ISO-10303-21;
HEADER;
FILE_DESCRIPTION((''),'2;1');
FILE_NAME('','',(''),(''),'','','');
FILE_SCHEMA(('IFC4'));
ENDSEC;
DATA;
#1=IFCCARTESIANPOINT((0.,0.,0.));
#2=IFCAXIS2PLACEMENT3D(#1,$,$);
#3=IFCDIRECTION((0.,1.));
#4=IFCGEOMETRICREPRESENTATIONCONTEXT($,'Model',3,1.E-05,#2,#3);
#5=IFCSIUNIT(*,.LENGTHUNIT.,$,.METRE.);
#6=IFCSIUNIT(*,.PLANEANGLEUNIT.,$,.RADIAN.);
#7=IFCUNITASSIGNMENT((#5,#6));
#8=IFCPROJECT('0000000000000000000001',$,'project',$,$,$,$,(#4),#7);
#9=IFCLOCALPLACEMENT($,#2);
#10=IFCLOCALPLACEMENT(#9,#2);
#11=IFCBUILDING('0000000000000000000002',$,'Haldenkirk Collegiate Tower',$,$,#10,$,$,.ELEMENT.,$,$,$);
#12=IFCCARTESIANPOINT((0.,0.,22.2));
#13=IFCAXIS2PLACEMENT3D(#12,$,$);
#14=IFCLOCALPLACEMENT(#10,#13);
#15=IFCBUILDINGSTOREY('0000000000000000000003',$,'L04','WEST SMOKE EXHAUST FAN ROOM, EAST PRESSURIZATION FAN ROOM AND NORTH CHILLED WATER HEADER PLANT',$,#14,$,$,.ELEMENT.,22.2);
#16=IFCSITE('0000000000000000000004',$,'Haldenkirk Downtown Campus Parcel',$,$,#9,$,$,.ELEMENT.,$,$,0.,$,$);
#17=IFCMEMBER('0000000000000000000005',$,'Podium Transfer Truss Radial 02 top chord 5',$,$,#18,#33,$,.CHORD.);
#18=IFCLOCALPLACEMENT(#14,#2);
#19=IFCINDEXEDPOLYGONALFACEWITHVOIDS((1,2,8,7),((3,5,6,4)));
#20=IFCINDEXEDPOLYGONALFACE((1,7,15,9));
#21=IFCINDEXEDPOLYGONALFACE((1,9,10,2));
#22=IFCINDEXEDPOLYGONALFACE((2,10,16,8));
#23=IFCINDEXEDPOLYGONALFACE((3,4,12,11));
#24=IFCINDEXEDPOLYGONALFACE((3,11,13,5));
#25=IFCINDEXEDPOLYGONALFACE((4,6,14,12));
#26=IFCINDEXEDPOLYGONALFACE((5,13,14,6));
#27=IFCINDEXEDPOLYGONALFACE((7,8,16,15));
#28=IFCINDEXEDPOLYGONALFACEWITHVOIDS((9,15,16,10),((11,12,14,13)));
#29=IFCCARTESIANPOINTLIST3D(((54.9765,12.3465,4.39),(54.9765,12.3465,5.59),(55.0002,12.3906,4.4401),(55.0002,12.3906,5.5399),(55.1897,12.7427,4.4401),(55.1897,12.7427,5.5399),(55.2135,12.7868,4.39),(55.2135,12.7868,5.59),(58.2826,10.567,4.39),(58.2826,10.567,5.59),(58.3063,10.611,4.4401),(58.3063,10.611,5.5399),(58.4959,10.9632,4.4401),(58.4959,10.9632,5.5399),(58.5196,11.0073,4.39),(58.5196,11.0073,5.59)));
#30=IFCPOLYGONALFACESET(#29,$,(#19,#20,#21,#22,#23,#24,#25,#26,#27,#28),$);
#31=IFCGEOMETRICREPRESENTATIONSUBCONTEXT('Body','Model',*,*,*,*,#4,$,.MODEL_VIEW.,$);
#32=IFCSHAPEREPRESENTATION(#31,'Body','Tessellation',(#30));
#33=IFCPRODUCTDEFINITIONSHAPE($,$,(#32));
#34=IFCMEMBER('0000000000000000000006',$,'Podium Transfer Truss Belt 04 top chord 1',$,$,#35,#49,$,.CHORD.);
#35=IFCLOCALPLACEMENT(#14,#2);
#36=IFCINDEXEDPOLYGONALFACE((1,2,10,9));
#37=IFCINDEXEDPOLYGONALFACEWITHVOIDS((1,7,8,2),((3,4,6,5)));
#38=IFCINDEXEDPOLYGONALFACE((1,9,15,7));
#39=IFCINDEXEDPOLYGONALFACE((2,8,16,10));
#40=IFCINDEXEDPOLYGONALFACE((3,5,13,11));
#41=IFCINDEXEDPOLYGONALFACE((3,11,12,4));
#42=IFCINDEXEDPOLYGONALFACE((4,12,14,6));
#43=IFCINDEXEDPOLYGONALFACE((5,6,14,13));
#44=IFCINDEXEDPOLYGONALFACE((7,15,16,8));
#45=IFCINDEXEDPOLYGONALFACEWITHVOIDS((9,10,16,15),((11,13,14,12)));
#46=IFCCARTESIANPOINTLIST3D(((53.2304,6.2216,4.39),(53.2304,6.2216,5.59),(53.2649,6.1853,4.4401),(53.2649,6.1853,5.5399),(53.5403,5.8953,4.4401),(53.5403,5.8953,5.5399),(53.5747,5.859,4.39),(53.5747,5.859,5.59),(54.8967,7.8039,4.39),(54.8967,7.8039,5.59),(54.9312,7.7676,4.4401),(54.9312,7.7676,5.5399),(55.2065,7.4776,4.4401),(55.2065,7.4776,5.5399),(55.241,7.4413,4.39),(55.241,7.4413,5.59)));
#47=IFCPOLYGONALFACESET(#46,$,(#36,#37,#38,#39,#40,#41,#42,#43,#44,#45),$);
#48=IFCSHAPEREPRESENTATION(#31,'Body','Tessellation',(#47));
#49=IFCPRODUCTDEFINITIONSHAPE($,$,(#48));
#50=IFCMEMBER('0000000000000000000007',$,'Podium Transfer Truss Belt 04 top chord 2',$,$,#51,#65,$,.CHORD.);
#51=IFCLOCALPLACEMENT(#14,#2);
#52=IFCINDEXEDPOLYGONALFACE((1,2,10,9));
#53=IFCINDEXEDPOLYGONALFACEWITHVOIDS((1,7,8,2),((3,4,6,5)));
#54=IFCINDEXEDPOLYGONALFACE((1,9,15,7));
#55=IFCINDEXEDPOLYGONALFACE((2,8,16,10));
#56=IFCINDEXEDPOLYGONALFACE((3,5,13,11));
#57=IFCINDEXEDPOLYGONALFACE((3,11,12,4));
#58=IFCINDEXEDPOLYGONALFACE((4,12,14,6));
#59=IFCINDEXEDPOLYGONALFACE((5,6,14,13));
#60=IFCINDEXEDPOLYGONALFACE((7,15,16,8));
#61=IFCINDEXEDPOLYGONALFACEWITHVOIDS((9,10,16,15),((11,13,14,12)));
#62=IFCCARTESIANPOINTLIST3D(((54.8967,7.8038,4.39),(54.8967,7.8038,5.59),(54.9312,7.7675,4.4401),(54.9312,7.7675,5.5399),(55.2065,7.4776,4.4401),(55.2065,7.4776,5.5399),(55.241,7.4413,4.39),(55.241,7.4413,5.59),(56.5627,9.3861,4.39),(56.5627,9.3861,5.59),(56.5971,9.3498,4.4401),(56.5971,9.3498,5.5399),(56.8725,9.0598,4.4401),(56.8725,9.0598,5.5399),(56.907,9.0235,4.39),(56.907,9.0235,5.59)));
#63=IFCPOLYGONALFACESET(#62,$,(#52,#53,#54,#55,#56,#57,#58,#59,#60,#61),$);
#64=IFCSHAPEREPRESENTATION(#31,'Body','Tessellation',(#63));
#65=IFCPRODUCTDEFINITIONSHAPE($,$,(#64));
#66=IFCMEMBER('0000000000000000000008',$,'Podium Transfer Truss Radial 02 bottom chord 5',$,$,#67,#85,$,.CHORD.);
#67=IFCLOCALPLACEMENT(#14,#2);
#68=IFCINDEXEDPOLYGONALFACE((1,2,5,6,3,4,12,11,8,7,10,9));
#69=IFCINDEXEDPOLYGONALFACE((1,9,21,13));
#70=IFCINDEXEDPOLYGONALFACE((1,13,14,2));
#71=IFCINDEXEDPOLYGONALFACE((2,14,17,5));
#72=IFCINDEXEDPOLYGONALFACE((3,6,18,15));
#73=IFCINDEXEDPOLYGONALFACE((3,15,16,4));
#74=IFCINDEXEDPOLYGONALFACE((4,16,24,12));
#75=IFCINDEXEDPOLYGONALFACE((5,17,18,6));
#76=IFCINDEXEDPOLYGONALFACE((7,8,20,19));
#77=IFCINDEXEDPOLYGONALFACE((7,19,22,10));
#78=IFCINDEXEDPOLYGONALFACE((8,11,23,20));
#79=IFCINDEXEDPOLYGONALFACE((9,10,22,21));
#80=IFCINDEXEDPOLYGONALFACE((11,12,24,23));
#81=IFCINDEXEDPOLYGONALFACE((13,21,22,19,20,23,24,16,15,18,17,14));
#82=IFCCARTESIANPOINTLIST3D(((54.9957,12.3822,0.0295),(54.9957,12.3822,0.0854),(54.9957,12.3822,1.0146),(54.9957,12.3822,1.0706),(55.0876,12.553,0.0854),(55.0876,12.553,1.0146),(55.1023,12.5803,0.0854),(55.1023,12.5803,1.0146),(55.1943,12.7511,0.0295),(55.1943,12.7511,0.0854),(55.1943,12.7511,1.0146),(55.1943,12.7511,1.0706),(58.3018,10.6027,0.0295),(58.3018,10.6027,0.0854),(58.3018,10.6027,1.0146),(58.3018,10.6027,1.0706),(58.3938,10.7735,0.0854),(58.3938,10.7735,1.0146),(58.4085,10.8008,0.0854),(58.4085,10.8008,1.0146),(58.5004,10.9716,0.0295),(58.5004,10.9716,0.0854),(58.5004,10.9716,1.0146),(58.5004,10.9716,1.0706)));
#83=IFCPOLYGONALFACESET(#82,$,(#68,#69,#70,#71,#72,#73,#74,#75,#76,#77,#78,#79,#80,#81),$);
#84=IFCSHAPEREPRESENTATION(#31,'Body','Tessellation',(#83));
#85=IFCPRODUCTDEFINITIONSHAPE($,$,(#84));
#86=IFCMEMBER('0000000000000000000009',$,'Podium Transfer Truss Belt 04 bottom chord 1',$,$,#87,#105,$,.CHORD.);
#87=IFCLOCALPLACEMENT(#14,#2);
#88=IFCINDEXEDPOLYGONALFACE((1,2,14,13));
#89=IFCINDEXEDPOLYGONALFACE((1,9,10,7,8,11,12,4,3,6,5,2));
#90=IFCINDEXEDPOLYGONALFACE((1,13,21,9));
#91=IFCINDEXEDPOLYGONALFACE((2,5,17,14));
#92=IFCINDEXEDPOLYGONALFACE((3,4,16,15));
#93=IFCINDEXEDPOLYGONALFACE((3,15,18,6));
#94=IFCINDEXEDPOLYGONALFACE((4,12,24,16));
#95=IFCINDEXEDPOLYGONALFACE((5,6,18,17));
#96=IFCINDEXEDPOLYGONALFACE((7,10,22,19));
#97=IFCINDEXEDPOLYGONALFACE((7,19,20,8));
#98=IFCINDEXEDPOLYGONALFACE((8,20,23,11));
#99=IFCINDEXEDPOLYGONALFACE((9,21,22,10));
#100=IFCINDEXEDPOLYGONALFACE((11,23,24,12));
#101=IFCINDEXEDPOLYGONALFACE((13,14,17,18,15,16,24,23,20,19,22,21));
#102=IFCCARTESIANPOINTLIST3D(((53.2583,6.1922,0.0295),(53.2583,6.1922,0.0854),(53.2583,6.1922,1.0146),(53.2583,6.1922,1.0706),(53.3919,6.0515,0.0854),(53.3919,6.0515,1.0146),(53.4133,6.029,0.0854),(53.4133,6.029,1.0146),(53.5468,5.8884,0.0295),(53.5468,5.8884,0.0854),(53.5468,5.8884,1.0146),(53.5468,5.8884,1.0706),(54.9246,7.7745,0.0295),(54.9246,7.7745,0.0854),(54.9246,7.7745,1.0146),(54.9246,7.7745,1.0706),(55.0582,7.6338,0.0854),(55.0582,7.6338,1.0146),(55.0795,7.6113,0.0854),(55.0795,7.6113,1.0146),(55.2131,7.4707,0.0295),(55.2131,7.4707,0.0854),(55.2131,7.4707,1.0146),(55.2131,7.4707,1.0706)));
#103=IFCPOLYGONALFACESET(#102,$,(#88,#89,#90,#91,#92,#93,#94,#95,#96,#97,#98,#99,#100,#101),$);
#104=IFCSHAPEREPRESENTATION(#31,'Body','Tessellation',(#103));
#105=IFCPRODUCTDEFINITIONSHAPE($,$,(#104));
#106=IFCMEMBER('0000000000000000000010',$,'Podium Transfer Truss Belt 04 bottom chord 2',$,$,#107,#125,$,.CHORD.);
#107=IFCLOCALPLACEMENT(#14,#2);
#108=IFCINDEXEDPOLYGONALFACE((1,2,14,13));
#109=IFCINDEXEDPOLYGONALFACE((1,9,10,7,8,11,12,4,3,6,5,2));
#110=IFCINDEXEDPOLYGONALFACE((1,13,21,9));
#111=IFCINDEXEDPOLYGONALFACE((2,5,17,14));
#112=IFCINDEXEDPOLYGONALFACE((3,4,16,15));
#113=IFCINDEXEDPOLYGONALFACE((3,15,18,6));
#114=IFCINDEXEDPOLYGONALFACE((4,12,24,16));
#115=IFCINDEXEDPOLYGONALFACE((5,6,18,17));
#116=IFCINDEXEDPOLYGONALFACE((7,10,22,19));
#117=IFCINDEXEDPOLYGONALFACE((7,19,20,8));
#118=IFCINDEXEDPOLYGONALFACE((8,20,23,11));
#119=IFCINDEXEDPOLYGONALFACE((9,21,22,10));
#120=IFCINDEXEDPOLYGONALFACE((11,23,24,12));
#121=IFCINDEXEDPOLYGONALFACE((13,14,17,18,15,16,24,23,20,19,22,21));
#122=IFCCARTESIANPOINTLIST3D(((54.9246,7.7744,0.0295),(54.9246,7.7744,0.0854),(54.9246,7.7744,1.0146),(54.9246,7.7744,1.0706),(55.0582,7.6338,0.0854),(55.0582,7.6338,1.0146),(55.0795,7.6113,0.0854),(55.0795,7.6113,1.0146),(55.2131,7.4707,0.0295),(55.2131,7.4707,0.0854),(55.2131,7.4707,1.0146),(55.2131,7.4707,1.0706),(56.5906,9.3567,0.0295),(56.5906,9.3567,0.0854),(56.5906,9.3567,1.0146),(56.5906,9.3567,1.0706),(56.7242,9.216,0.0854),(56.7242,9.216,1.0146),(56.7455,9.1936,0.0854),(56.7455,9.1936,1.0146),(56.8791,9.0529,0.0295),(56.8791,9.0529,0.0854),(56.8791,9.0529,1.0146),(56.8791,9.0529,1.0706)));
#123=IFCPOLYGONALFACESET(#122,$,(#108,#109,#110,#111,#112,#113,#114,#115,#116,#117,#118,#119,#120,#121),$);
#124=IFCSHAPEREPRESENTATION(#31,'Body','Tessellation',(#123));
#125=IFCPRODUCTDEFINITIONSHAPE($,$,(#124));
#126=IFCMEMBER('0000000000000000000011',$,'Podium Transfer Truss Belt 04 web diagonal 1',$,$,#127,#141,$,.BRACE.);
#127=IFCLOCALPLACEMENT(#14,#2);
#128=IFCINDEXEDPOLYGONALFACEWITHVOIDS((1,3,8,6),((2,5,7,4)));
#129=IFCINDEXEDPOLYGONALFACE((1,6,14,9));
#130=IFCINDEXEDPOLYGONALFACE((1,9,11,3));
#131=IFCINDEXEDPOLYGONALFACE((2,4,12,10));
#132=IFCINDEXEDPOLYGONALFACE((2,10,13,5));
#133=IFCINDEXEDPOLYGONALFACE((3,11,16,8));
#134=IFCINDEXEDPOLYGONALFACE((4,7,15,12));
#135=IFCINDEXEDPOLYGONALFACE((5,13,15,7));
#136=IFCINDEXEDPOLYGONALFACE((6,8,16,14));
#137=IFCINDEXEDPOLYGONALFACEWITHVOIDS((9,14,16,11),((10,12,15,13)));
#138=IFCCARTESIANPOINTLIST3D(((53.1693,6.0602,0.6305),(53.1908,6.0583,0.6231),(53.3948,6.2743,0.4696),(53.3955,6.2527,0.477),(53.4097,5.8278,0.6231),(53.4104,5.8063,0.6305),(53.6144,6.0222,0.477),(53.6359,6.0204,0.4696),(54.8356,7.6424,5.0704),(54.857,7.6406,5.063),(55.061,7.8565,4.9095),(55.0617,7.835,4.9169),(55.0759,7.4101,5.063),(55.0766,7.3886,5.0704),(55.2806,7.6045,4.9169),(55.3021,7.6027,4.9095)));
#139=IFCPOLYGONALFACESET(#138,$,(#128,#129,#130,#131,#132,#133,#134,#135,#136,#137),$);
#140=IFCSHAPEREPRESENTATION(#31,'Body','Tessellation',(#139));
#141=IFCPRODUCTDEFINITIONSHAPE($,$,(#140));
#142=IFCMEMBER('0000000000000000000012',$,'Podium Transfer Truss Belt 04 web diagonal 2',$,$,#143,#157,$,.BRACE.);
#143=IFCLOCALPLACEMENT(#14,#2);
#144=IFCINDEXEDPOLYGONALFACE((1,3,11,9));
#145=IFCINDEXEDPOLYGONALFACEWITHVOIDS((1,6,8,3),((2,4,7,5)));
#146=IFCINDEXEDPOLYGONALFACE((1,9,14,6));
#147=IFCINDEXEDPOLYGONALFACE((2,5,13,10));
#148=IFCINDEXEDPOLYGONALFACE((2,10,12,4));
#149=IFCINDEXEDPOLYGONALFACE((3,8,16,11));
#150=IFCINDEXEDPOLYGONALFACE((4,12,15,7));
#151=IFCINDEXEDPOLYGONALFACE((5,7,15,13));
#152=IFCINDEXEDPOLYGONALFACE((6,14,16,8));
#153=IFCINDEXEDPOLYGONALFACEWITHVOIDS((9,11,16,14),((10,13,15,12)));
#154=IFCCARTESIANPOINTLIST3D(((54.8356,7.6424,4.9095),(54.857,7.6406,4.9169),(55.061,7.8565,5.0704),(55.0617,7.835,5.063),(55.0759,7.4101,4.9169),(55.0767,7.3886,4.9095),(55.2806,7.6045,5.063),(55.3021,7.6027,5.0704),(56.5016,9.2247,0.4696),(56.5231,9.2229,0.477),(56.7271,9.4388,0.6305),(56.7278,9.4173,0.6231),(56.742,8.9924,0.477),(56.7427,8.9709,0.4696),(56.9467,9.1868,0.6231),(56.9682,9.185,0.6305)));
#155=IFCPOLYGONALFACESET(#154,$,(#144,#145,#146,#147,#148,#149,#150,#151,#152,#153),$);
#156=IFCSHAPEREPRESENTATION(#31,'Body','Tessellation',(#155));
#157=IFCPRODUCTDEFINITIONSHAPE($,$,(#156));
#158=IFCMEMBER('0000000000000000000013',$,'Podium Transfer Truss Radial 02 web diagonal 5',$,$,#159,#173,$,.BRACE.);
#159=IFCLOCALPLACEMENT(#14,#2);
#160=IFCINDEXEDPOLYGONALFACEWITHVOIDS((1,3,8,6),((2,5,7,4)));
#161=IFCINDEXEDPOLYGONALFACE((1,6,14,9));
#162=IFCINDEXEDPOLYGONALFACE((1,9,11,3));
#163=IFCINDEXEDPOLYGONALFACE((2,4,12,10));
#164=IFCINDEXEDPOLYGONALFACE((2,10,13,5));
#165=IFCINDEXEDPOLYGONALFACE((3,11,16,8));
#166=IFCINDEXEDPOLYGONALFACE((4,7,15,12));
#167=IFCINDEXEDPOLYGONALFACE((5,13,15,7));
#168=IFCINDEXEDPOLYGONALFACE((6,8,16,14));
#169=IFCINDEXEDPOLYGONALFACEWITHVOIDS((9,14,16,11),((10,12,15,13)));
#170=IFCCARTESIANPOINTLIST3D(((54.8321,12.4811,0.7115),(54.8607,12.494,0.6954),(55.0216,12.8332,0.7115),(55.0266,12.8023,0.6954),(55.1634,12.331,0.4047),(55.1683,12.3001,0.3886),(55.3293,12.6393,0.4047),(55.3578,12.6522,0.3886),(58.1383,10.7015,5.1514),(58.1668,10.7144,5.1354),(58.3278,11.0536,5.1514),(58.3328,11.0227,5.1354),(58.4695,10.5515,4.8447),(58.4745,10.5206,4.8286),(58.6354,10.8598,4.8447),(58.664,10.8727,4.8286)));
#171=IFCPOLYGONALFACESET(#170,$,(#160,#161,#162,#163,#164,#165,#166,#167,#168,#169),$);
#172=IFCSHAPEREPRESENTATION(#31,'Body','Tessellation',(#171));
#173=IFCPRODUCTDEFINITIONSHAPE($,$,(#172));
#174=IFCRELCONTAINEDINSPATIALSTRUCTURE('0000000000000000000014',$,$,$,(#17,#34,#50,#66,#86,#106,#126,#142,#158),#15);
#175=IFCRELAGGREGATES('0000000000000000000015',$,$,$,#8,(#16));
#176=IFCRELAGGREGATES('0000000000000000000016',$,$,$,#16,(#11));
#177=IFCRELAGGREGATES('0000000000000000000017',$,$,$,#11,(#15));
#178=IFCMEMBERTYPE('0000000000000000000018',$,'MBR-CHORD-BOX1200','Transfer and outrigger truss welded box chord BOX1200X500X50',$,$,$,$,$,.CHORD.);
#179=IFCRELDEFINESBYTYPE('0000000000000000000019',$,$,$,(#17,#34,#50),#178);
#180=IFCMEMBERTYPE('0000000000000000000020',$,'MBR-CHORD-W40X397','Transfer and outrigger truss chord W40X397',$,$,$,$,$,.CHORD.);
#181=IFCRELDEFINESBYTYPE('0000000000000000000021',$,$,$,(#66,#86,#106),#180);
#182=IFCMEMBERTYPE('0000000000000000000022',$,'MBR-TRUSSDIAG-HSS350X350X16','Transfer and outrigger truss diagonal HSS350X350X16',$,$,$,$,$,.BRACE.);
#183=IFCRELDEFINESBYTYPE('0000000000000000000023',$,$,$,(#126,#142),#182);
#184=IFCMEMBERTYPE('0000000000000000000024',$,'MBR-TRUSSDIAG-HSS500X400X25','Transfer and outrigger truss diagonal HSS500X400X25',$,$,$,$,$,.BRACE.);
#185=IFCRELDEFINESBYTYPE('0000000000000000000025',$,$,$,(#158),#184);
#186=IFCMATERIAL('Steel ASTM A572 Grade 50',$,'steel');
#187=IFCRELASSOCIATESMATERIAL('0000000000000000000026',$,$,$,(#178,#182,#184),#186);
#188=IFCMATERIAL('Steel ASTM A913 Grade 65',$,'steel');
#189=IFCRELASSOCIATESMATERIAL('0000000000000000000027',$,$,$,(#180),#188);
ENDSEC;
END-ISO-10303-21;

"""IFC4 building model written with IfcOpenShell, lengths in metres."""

from ifc_helpers import new_model, si_unit, direction, frame, origin, origin_2d, place, context, subcontext, project, spatial, hollow_rectangle, i_section, extrude, material, material_profile, profile_set, type_object, element, save


model = new_model("IFC4")

# Units and contexts
model_context = context("Model", 3, precision=1e-05, world=origin(), true_north=direction((0.0, 1.0)))
body_context = subcontext(model_context, "Body", "Model", "MODEL_VIEW")
ifc_project = project(units=[si_unit("LENGTHUNIT", "METRE"), si_unit("PLANEANGLEUNIT", "RADIAN")], contexts=[model_context])

# Site, building, storey
site_placement = place(None, origin())
site = spatial("IfcSite", under=ifc_project, at=site_placement, Name="Haldenkirk Downtown Campus Parcel", CompositionType="ELEMENT", RefElevation=0.0)
building_placement = place(site_placement, origin())
building = spatial("IfcBuilding", under=site, at=building_placement, Name="Haldenkirk Collegiate Tower", CompositionType="ELEMENT")
storey_placement = place(building_placement, frame((0.0, 0.0, 22.2)))
storey = spatial("IfcBuildingStorey", under=building, at=storey_placement, Name="L04", Description="WEST SMOKE EXHAUST FAN ROOM, EAST PRESSURIZATION FAN ROOM AND NORTH CHILLED WATER HEADER PLANT", CompositionType="ELEMENT", Elevation=22.2)

# Members
ifc_material_1 = material(Name="Steel ASTM A572 Grade 50", Category="steel")
ifc_material_profile_1 = material_profile(ifc_material_1, hollow_rectangle(XDim=0.5, YDim=1.2, WallThickness=0.05, at=origin_2d()), Name="BOX1200X500X50")
ifc_profile_set_1 = profile_set([ifc_material_profile_1], Name="Steel ASTM A572 Grade 50")
member_type_1 = type_object("IfcMemberType", Name="MBR-CHORD-BOX1200", Description="Transfer and outrigger truss welded box chord BOX1200X500X50", PredefinedType="CHORD", material=ifc_profile_set_1)
member_1_placement = place(storey_placement, frame((55.095, 12.5667, 4.99), z_axis=(0.880548, -0.473956, 0.0), x_axis=(0.473956, 0.880548, 0.0)))
element("IfcMember", 1, at=member_1_placement, inside=storey, type_object=member_type_1, Name="Podium Transfer Truss Radial 02 top chord 5", PredefinedType="CHORD", context=body_context, shape_type="SweptSolid", body=[
    extrude(hollow_rectangle(XDim=0.5, YDim=1.2, WallThickness=0.05, at=origin_2d()), origin(), (0.0, 0.0, 1.0), 3.7546),
])
member_2_placement = place(storey_placement, frame((53.4026, 6.0403, 4.99), z_axis=(0.725145, 0.688596, 0.0), x_axis=(-0.688596, 0.725145, 0.0)))
element("IfcMember", 2, at=member_2_placement, inside=storey, type_object=member_type_1, Name="Podium Transfer Truss Belt 04 top chord 1", PredefinedType="CHORD", context=body_context, shape_type="SweptSolid", body=[
    extrude(hollow_rectangle(XDim=0.5, YDim=1.2, WallThickness=0.05, at=origin_2d()), origin(), (0.0, 0.0, 1.0), 2.2979),
])
member_3_placement = place(storey_placement, frame((55.0688, 7.6226, 4.99), z_axis=(0.725095, 0.688649, 0.0), x_axis=(-0.688649, 0.725095, 0.0)))
element("IfcMember", 3, at=member_3_placement, inside=storey, type_object=member_type_1, Name="Podium Transfer Truss Belt 04 top chord 2", PredefinedType="CHORD", context=body_context, shape_type="SweptSolid", body=[
    extrude(hollow_rectangle(XDim=0.5, YDim=1.2, WallThickness=0.05, at=origin_2d()), origin(), (0.0, 0.0, 1.0), 2.2976),
])
ifc_material_2 = material(Name="Steel ASTM A913 Grade 65", Category="steel")
ifc_material_profile_2 = material_profile(ifc_material_2, i_section(OverallWidth=0.4189, OverallDepth=1.041, WebThickness=0.031, FlangeThickness=0.0559, at=origin_2d()), Name="W40X397")
ifc_profile_set_2 = profile_set([ifc_material_profile_2], Name="Steel ASTM A913 Grade 65")
member_type_2 = type_object("IfcMemberType", Name="MBR-CHORD-W40X397", Description="Transfer and outrigger truss chord W40X397", PredefinedType="CHORD", material=ifc_profile_set_2)
member_4_placement = place(storey_placement, frame((55.095, 12.5667, 0.55), z_axis=(0.880548, -0.473956, 0.0), x_axis=(0.473956, 0.880548, 0.0)))
element("IfcMember", 4, at=member_4_placement, inside=storey, type_object=member_type_2, Name="Podium Transfer Truss Radial 02 bottom chord 5", PredefinedType="CHORD", context=body_context, shape_type="SweptSolid", body=[
    extrude(i_section(OverallWidth=0.4189, OverallDepth=1.041, WebThickness=0.031, FlangeThickness=0.0559, at=origin_2d()), origin(), (0.0, 0.0, 1.0), 3.7546),
])
member_5_placement = place(storey_placement, frame((53.4026, 6.0403, 0.55), z_axis=(0.725145, 0.688596, 0.0), x_axis=(-0.688596, 0.725145, 0.0)))
element("IfcMember", 5, at=member_5_placement, inside=storey, type_object=member_type_2, Name="Podium Transfer Truss Belt 04 bottom chord 1", PredefinedType="CHORD", context=body_context, shape_type="SweptSolid", body=[
    extrude(i_section(OverallWidth=0.4189, OverallDepth=1.041, WebThickness=0.031, FlangeThickness=0.0559, at=origin_2d()), origin(), (0.0, 0.0, 1.0), 2.2979),
])
member_6_placement = place(storey_placement, frame((55.0688, 7.6226, 0.55), z_axis=(0.725095, 0.688649, 0.0), x_axis=(-0.688649, 0.725095, 0.0)))
element("IfcMember", 6, at=member_6_placement, inside=storey, type_object=member_type_2, Name="Podium Transfer Truss Belt 04 bottom chord 2", PredefinedType="CHORD", context=body_context, shape_type="SweptSolid", body=[
    extrude(i_section(OverallWidth=0.4189, OverallDepth=1.041, WebThickness=0.031, FlangeThickness=0.0559, at=origin_2d()), origin(), (0.0, 0.0, 1.0), 2.2976),
])
ifc_material_profile_3 = material_profile(ifc_material_1, hollow_rectangle(XDim=0.3501, YDim=0.3501, WallThickness=0.0161, at=origin_2d()), Name="HSS350X350X16")
ifc_profile_set_3 = profile_set([ifc_material_profile_3], Name="Steel ASTM A572 Grade 50")
member_type_3 = type_object("IfcMemberType", Name="MBR-TRUSSDIAG-HSS350X350X16", Description="Transfer and outrigger truss diagonal HSS350X350X16", PredefinedType="BRACE", material=ifc_profile_set_3)
for number, where, z_axis, x_axis, name in (
    (7, (53.4026, 6.0403, 0.55), (0.333298, 0.316499, 0.888111), (-0.688596, 0.725145, 0.0), "Podium Transfer Truss Belt 04 web diagonal 1"),
    (8, (55.0688, 7.6226, 4.99), (0.333255, 0.316504, -0.888125), (-0.688649, 0.725095, 0.0), "Podium Transfer Truss Belt 04 web diagonal 2"),
):
    element("IfcMember", number, at=place(storey_placement, frame(where, z_axis=z_axis, x_axis=x_axis)), inside=storey, type_object=member_type_3, Name=name, PredefinedType="BRACE", context=body_context, shape_type="SweptSolid", body=[
        extrude(hollow_rectangle(XDim=0.3501, YDim=0.3501, WallThickness=0.0161, at=origin_2d()), origin(), (0.0, 0.0, 1.0), 4.9993),
    ])
ifc_material_profile_4 = material_profile(ifc_material_1, hollow_rectangle(XDim=0.3999, YDim=0.5, WallThickness=0.0249, at=origin_2d()), Name="HSS500X400X25")
ifc_profile_set_4 = profile_set([ifc_material_profile_4], Name="Steel ASTM A572 Grade 50")
member_type_4 = type_object("IfcMemberType", Name="MBR-TRUSSDIAG-HSS500X400X25", Description="Transfer and outrigger truss diagonal HSS500X400X25", PredefinedType="BRACE", material=ifc_profile_set_4)
member_7_placement = place(storey_placement, frame((55.095, 12.5667, 0.55), z_axis=(0.568587, -0.306043, 0.763575), x_axis=(0.473956, 0.880548, 0.0)))
element("IfcMember", 9, at=member_7_placement, inside=storey, type_object=member_type_4, Name="Podium Transfer Truss Radial 02 web diagonal 5", PredefinedType="BRACE", context=body_context, shape_type="SweptSolid", body=[
    extrude(hollow_rectangle(XDim=0.3999, YDim=0.5, WallThickness=0.0249, at=origin_2d()), origin(), (0.0, 0.0, 1.0), 5.8147),
])

save(model, "model.ifc")
